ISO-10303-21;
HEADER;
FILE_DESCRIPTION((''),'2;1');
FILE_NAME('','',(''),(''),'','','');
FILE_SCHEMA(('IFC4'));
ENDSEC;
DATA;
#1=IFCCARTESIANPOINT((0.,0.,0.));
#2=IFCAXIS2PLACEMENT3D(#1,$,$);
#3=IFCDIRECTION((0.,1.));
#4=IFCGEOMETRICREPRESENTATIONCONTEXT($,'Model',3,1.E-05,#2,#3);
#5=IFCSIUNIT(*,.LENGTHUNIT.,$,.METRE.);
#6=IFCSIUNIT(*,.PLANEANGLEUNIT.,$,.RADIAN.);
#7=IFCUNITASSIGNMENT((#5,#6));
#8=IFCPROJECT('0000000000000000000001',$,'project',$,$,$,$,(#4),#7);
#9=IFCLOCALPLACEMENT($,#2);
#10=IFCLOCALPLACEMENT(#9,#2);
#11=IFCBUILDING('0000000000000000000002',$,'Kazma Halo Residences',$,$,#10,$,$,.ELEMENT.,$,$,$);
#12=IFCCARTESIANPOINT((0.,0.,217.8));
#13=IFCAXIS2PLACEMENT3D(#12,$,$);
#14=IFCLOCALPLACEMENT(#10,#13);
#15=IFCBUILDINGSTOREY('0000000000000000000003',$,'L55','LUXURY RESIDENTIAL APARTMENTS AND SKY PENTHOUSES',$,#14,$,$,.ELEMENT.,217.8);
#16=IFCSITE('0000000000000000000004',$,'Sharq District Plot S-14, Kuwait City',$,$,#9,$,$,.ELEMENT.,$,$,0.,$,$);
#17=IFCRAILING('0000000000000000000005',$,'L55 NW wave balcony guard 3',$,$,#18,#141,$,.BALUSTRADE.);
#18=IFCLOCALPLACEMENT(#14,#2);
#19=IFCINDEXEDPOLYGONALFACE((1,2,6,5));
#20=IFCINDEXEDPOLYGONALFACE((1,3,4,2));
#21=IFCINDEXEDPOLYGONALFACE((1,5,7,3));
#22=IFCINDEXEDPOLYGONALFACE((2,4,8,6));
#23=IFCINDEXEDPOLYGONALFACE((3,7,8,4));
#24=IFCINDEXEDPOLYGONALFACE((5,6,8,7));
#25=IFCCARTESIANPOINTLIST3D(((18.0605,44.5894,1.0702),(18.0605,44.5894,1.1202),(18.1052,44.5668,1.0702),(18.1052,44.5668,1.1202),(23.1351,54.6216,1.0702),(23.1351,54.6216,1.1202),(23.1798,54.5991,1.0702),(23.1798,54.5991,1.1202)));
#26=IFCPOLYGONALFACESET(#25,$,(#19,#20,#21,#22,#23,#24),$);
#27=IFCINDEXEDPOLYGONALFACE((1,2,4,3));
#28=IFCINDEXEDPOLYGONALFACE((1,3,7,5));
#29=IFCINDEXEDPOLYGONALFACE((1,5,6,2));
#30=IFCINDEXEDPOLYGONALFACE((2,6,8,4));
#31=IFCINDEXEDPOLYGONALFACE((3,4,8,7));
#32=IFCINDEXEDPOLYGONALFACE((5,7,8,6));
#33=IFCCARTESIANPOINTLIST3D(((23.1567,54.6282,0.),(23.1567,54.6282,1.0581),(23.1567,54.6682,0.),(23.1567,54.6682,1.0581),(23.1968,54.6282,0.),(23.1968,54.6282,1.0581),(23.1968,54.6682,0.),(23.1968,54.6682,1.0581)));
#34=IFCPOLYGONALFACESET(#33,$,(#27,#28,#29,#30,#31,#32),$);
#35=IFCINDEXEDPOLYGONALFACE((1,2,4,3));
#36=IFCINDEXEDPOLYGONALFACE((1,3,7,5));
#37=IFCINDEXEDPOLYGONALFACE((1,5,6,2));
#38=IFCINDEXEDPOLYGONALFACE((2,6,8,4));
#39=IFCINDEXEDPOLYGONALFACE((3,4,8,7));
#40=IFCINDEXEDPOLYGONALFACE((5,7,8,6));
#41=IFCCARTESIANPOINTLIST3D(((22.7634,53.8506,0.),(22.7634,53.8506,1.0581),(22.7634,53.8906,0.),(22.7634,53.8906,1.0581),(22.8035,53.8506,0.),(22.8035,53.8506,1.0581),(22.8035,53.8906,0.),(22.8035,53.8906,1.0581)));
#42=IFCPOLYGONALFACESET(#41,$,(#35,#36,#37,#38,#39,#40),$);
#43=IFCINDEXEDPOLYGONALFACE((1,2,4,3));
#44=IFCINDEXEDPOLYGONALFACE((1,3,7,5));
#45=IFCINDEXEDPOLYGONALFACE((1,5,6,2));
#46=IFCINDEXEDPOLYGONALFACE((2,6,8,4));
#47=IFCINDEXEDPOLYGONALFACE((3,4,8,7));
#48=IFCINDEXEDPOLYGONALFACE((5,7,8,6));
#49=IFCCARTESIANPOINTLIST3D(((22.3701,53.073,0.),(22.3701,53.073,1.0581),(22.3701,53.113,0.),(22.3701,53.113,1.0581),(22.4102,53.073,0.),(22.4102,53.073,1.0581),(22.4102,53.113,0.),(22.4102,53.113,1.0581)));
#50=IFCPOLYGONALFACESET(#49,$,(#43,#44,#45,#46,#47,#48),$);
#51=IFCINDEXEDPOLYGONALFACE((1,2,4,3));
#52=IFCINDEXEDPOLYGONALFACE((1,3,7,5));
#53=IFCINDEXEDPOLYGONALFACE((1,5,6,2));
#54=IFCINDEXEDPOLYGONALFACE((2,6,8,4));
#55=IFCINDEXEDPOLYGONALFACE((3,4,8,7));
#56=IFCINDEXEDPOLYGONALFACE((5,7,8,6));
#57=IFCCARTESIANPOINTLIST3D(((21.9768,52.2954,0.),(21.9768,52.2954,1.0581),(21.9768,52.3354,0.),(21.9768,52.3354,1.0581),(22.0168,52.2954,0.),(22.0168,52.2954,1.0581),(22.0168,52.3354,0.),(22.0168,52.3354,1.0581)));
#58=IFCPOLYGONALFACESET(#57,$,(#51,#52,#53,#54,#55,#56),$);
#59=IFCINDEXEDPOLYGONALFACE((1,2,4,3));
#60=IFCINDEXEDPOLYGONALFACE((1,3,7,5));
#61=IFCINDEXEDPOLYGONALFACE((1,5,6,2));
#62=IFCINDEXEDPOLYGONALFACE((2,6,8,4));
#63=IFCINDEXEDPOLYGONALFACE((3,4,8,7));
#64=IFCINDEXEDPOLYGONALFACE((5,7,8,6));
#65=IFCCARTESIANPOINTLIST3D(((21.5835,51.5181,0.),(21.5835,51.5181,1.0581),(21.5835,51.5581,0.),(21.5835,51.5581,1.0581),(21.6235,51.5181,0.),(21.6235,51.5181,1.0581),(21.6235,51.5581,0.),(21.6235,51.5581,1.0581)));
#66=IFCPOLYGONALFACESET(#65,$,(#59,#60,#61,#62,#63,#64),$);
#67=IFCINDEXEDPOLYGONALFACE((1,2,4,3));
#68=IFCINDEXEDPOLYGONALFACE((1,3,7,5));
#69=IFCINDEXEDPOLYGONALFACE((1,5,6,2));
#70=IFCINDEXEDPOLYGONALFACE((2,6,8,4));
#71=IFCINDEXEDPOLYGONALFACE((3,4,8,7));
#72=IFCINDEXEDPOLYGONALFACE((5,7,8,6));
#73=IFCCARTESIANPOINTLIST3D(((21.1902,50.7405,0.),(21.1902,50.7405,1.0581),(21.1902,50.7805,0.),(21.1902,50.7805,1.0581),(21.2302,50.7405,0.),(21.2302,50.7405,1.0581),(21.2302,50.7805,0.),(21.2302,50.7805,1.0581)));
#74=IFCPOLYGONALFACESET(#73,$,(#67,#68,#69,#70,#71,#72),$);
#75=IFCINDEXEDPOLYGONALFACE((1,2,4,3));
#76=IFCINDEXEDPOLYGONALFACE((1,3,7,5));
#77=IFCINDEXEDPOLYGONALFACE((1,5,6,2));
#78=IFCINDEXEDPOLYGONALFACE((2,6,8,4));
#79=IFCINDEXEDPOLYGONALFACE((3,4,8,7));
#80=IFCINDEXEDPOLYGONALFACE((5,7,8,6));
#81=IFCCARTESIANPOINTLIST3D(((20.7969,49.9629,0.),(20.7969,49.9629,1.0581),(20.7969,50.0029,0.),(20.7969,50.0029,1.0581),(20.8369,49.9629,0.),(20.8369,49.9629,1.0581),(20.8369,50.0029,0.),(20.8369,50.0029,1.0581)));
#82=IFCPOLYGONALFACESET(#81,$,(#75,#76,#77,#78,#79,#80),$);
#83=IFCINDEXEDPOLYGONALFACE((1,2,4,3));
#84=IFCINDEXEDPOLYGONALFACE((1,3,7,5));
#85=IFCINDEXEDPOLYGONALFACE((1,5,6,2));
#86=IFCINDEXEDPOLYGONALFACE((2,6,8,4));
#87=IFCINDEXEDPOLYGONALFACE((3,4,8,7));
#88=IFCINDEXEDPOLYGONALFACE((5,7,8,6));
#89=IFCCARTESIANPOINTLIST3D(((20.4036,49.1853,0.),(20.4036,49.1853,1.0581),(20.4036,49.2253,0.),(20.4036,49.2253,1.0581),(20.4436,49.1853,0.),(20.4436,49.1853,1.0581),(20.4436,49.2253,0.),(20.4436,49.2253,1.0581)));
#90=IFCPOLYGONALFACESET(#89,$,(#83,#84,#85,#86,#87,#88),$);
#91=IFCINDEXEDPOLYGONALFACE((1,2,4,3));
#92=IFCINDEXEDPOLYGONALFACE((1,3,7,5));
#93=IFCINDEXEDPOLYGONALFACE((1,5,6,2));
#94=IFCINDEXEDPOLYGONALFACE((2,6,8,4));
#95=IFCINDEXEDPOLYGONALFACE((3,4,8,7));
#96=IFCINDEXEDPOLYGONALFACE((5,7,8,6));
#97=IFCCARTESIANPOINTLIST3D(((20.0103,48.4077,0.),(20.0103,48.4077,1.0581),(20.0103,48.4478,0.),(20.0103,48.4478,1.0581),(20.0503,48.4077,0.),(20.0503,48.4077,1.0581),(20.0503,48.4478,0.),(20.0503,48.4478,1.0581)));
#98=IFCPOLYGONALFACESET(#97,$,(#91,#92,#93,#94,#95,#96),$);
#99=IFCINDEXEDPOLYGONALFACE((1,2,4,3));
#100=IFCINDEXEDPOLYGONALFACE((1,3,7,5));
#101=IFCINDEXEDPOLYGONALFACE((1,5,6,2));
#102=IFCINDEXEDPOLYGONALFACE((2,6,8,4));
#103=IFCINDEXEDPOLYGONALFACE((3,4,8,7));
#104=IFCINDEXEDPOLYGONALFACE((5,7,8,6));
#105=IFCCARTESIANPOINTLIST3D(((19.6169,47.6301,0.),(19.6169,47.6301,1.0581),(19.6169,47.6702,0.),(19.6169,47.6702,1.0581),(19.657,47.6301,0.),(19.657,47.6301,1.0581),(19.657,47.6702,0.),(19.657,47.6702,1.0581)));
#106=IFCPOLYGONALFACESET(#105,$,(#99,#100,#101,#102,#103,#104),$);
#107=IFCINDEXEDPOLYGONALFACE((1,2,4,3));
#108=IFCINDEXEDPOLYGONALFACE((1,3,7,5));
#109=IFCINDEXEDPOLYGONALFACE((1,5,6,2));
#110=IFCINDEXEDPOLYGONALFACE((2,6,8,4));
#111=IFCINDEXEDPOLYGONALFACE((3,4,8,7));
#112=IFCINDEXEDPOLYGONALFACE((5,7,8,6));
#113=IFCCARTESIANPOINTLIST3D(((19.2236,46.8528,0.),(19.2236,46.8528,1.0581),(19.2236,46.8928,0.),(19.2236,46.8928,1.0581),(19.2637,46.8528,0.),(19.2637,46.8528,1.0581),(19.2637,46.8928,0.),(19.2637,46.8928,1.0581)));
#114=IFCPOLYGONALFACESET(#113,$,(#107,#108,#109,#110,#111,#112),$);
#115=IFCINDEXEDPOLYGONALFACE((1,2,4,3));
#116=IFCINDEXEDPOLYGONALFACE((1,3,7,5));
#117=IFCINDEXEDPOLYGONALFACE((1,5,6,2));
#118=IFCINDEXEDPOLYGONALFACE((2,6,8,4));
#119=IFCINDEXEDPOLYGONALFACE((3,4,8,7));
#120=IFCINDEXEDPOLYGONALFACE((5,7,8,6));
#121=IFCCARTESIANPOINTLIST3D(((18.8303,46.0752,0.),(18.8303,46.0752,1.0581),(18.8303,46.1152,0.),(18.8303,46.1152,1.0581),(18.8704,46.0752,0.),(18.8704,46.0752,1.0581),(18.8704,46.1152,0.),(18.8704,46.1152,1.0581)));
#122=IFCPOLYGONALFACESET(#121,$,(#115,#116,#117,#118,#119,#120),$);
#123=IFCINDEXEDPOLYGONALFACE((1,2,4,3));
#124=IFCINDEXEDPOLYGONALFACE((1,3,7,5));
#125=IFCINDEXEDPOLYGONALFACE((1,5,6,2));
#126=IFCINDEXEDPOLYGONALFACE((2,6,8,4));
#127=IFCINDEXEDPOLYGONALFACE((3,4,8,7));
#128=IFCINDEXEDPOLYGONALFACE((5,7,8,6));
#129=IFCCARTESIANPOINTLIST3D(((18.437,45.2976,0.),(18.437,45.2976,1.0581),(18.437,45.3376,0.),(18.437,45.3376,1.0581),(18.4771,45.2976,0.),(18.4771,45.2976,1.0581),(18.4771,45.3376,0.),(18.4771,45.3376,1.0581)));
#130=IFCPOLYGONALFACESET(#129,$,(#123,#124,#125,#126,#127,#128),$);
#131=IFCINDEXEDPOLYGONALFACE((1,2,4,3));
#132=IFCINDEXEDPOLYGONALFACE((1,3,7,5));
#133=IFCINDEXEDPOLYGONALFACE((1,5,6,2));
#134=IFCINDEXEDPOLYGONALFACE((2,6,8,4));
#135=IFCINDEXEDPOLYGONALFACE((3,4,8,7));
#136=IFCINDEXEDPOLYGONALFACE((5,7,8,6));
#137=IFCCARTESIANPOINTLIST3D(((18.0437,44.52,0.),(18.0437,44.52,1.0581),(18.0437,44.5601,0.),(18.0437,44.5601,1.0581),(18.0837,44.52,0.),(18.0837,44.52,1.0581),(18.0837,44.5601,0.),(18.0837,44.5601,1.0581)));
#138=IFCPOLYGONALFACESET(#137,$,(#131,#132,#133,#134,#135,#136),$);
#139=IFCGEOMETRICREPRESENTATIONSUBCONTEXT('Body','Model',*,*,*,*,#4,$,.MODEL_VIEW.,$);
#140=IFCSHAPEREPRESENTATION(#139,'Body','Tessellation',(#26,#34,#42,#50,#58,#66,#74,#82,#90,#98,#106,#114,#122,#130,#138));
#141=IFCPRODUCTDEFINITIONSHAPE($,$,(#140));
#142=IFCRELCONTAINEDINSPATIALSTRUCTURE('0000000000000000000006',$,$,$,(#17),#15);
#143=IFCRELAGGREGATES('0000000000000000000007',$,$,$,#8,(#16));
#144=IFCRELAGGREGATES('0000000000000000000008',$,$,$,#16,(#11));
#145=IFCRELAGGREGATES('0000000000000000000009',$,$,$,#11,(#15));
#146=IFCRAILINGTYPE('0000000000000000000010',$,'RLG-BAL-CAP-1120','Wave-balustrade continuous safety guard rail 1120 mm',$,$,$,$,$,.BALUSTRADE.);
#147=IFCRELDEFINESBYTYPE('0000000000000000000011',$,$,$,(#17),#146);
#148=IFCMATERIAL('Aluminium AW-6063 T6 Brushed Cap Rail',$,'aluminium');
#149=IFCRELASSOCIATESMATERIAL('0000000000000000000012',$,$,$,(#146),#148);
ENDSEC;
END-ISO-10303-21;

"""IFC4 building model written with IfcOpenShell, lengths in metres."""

from ifc_helpers import new_model, si_unit, direction, frame, origin, origin_2d, place, context, subcontext, project, spatial, rectangle, extrude, material, type_object, element, save


model = new_model("IFC4")

# Units and contexts
model_context = context("Model", 3, precision=1e-05, world=origin(), true_north=direction((0.0, 1.0)))
body_context = subcontext(model_context, "Body", "Model", "MODEL_VIEW")
ifc_project = project(units=[si_unit("LENGTHUNIT", "METRE"), si_unit("PLANEANGLEUNIT", "RADIAN")], contexts=[model_context])

# Site, building, storey
site_placement = place(None, origin())
site = spatial("IfcSite", under=ifc_project, at=site_placement, Name="Sharq District Plot S-14, Kuwait City", CompositionType="ELEMENT", RefElevation=0.0)
building_placement = place(site_placement, origin())
building = spatial("IfcBuilding", under=site, at=building_placement, Name="Kazma Halo Residences", CompositionType="ELEMENT")
storey_placement = place(building_placement, frame((0.0, 0.0, 217.8)))
storey = spatial("IfcBuildingStorey", under=building, at=storey_placement, Name="L55", Description="LUXURY RESIDENTIAL APARTMENTS AND SKY PENTHOUSES", CompositionType="ELEMENT", Elevation=217.8)

# Railing
ifc_material_1 = material(Name="Aluminium AW-6063 T6 Brushed Cap Rail", Category="aluminium")
railing_type = type_object("IfcRailingType", Name="RLG-BAL-CAP-1120", Description="Wave-balustrade continuous safety guard rail 1120 mm", PredefinedType="BALUSTRADE", material=ifc_material_1)
railing_1_placement = place(storey_placement, frame((23.1768, 54.6482, 0.0)))
element("IfcRailing", 1, at=railing_1_placement, inside=storey, type_object=railing_type, Name="L55 NW wave balcony guard 3", PredefinedType="BALUSTRADE", context=body_context, shape_type="SweptSolid", body=[
    extrude(rectangle(XDim=0.05, YDim=0.05, at=origin_2d()), frame((-0.0193, -0.0378, 1.0952), z_axis=(-0.451373, -0.892336, 0.0), x_axis=(0.892336, -0.451373, 0.0)), (0.0, 0.0, 1.0), 11.2427),
    extrude(rectangle(XDim=0.04, YDim=0.04, at=origin_2d()), origin(), (0.0, 0.0, 1.0), 1.0581),
    extrude(rectangle(XDim=0.04, YDim=0.04, at=origin_2d()), frame((-0.3933, -0.7776, 0.0)), (0.0, 0.0, 1.0), 1.0581),
    extrude(rectangle(XDim=0.04, YDim=0.04, at=origin_2d()), frame((-0.7866, -1.5552, 0.0)), (0.0, 0.0, 1.0), 1.0581),
    extrude(rectangle(XDim=0.04, YDim=0.04, at=origin_2d()), frame((-1.1799, -2.3328, 0.0)), (0.0, 0.0, 1.0), 1.0581),
    extrude(rectangle(XDim=0.04, YDim=0.04, at=origin_2d()), frame((-1.5732, -3.1101, 0.0)), (0.0, 0.0, 1.0), 1.0581),
    extrude(rectangle(XDim=0.04, YDim=0.04, at=origin_2d()), frame((-1.9666, -3.8877, 0.0)), (0.0, 0.0, 1.0), 1.0581),
    extrude(rectangle(XDim=0.04, YDim=0.04, at=origin_2d()), frame((-2.3599, -4.6653, 0.0)), (0.0, 0.0, 1.0), 1.0581),
    extrude(rectangle(XDim=0.04, YDim=0.04, at=origin_2d()), frame((-2.7532, -5.4429, 0.0)), (0.0, 0.0, 1.0), 1.0581),
    extrude(rectangle(XDim=0.04, YDim=0.04, at=origin_2d()), frame((-3.1465, -6.2205, 0.0)), (0.0, 0.0, 1.0), 1.0581),
    extrude(rectangle(XDim=0.04, YDim=0.04, at=origin_2d()), frame((-3.5398, -6.998, 0.0)), (0.0, 0.0, 1.0), 1.0581),
    extrude(rectangle(XDim=0.04, YDim=0.04, at=origin_2d()), frame((-3.9331, -7.7754, 0.0)), (0.0, 0.0, 1.0), 1.0581),
    extrude(rectangle(XDim=0.04, YDim=0.04, at=origin_2d()), frame((-4.3264, -8.553, 0.0)), (0.0, 0.0, 1.0), 1.0581),
    extrude(rectangle(XDim=0.04, YDim=0.04, at=origin_2d()), frame((-4.7197, -9.3306, 0.0)), (0.0, 0.0, 1.0), 1.0581),
    extrude(rectangle(XDim=0.04, YDim=0.04, at=origin_2d()), frame((-5.113, -10.1082, 0.0)), (0.0, 0.0, 1.0), 1.0581),
])

save(model, "model.ifc")
